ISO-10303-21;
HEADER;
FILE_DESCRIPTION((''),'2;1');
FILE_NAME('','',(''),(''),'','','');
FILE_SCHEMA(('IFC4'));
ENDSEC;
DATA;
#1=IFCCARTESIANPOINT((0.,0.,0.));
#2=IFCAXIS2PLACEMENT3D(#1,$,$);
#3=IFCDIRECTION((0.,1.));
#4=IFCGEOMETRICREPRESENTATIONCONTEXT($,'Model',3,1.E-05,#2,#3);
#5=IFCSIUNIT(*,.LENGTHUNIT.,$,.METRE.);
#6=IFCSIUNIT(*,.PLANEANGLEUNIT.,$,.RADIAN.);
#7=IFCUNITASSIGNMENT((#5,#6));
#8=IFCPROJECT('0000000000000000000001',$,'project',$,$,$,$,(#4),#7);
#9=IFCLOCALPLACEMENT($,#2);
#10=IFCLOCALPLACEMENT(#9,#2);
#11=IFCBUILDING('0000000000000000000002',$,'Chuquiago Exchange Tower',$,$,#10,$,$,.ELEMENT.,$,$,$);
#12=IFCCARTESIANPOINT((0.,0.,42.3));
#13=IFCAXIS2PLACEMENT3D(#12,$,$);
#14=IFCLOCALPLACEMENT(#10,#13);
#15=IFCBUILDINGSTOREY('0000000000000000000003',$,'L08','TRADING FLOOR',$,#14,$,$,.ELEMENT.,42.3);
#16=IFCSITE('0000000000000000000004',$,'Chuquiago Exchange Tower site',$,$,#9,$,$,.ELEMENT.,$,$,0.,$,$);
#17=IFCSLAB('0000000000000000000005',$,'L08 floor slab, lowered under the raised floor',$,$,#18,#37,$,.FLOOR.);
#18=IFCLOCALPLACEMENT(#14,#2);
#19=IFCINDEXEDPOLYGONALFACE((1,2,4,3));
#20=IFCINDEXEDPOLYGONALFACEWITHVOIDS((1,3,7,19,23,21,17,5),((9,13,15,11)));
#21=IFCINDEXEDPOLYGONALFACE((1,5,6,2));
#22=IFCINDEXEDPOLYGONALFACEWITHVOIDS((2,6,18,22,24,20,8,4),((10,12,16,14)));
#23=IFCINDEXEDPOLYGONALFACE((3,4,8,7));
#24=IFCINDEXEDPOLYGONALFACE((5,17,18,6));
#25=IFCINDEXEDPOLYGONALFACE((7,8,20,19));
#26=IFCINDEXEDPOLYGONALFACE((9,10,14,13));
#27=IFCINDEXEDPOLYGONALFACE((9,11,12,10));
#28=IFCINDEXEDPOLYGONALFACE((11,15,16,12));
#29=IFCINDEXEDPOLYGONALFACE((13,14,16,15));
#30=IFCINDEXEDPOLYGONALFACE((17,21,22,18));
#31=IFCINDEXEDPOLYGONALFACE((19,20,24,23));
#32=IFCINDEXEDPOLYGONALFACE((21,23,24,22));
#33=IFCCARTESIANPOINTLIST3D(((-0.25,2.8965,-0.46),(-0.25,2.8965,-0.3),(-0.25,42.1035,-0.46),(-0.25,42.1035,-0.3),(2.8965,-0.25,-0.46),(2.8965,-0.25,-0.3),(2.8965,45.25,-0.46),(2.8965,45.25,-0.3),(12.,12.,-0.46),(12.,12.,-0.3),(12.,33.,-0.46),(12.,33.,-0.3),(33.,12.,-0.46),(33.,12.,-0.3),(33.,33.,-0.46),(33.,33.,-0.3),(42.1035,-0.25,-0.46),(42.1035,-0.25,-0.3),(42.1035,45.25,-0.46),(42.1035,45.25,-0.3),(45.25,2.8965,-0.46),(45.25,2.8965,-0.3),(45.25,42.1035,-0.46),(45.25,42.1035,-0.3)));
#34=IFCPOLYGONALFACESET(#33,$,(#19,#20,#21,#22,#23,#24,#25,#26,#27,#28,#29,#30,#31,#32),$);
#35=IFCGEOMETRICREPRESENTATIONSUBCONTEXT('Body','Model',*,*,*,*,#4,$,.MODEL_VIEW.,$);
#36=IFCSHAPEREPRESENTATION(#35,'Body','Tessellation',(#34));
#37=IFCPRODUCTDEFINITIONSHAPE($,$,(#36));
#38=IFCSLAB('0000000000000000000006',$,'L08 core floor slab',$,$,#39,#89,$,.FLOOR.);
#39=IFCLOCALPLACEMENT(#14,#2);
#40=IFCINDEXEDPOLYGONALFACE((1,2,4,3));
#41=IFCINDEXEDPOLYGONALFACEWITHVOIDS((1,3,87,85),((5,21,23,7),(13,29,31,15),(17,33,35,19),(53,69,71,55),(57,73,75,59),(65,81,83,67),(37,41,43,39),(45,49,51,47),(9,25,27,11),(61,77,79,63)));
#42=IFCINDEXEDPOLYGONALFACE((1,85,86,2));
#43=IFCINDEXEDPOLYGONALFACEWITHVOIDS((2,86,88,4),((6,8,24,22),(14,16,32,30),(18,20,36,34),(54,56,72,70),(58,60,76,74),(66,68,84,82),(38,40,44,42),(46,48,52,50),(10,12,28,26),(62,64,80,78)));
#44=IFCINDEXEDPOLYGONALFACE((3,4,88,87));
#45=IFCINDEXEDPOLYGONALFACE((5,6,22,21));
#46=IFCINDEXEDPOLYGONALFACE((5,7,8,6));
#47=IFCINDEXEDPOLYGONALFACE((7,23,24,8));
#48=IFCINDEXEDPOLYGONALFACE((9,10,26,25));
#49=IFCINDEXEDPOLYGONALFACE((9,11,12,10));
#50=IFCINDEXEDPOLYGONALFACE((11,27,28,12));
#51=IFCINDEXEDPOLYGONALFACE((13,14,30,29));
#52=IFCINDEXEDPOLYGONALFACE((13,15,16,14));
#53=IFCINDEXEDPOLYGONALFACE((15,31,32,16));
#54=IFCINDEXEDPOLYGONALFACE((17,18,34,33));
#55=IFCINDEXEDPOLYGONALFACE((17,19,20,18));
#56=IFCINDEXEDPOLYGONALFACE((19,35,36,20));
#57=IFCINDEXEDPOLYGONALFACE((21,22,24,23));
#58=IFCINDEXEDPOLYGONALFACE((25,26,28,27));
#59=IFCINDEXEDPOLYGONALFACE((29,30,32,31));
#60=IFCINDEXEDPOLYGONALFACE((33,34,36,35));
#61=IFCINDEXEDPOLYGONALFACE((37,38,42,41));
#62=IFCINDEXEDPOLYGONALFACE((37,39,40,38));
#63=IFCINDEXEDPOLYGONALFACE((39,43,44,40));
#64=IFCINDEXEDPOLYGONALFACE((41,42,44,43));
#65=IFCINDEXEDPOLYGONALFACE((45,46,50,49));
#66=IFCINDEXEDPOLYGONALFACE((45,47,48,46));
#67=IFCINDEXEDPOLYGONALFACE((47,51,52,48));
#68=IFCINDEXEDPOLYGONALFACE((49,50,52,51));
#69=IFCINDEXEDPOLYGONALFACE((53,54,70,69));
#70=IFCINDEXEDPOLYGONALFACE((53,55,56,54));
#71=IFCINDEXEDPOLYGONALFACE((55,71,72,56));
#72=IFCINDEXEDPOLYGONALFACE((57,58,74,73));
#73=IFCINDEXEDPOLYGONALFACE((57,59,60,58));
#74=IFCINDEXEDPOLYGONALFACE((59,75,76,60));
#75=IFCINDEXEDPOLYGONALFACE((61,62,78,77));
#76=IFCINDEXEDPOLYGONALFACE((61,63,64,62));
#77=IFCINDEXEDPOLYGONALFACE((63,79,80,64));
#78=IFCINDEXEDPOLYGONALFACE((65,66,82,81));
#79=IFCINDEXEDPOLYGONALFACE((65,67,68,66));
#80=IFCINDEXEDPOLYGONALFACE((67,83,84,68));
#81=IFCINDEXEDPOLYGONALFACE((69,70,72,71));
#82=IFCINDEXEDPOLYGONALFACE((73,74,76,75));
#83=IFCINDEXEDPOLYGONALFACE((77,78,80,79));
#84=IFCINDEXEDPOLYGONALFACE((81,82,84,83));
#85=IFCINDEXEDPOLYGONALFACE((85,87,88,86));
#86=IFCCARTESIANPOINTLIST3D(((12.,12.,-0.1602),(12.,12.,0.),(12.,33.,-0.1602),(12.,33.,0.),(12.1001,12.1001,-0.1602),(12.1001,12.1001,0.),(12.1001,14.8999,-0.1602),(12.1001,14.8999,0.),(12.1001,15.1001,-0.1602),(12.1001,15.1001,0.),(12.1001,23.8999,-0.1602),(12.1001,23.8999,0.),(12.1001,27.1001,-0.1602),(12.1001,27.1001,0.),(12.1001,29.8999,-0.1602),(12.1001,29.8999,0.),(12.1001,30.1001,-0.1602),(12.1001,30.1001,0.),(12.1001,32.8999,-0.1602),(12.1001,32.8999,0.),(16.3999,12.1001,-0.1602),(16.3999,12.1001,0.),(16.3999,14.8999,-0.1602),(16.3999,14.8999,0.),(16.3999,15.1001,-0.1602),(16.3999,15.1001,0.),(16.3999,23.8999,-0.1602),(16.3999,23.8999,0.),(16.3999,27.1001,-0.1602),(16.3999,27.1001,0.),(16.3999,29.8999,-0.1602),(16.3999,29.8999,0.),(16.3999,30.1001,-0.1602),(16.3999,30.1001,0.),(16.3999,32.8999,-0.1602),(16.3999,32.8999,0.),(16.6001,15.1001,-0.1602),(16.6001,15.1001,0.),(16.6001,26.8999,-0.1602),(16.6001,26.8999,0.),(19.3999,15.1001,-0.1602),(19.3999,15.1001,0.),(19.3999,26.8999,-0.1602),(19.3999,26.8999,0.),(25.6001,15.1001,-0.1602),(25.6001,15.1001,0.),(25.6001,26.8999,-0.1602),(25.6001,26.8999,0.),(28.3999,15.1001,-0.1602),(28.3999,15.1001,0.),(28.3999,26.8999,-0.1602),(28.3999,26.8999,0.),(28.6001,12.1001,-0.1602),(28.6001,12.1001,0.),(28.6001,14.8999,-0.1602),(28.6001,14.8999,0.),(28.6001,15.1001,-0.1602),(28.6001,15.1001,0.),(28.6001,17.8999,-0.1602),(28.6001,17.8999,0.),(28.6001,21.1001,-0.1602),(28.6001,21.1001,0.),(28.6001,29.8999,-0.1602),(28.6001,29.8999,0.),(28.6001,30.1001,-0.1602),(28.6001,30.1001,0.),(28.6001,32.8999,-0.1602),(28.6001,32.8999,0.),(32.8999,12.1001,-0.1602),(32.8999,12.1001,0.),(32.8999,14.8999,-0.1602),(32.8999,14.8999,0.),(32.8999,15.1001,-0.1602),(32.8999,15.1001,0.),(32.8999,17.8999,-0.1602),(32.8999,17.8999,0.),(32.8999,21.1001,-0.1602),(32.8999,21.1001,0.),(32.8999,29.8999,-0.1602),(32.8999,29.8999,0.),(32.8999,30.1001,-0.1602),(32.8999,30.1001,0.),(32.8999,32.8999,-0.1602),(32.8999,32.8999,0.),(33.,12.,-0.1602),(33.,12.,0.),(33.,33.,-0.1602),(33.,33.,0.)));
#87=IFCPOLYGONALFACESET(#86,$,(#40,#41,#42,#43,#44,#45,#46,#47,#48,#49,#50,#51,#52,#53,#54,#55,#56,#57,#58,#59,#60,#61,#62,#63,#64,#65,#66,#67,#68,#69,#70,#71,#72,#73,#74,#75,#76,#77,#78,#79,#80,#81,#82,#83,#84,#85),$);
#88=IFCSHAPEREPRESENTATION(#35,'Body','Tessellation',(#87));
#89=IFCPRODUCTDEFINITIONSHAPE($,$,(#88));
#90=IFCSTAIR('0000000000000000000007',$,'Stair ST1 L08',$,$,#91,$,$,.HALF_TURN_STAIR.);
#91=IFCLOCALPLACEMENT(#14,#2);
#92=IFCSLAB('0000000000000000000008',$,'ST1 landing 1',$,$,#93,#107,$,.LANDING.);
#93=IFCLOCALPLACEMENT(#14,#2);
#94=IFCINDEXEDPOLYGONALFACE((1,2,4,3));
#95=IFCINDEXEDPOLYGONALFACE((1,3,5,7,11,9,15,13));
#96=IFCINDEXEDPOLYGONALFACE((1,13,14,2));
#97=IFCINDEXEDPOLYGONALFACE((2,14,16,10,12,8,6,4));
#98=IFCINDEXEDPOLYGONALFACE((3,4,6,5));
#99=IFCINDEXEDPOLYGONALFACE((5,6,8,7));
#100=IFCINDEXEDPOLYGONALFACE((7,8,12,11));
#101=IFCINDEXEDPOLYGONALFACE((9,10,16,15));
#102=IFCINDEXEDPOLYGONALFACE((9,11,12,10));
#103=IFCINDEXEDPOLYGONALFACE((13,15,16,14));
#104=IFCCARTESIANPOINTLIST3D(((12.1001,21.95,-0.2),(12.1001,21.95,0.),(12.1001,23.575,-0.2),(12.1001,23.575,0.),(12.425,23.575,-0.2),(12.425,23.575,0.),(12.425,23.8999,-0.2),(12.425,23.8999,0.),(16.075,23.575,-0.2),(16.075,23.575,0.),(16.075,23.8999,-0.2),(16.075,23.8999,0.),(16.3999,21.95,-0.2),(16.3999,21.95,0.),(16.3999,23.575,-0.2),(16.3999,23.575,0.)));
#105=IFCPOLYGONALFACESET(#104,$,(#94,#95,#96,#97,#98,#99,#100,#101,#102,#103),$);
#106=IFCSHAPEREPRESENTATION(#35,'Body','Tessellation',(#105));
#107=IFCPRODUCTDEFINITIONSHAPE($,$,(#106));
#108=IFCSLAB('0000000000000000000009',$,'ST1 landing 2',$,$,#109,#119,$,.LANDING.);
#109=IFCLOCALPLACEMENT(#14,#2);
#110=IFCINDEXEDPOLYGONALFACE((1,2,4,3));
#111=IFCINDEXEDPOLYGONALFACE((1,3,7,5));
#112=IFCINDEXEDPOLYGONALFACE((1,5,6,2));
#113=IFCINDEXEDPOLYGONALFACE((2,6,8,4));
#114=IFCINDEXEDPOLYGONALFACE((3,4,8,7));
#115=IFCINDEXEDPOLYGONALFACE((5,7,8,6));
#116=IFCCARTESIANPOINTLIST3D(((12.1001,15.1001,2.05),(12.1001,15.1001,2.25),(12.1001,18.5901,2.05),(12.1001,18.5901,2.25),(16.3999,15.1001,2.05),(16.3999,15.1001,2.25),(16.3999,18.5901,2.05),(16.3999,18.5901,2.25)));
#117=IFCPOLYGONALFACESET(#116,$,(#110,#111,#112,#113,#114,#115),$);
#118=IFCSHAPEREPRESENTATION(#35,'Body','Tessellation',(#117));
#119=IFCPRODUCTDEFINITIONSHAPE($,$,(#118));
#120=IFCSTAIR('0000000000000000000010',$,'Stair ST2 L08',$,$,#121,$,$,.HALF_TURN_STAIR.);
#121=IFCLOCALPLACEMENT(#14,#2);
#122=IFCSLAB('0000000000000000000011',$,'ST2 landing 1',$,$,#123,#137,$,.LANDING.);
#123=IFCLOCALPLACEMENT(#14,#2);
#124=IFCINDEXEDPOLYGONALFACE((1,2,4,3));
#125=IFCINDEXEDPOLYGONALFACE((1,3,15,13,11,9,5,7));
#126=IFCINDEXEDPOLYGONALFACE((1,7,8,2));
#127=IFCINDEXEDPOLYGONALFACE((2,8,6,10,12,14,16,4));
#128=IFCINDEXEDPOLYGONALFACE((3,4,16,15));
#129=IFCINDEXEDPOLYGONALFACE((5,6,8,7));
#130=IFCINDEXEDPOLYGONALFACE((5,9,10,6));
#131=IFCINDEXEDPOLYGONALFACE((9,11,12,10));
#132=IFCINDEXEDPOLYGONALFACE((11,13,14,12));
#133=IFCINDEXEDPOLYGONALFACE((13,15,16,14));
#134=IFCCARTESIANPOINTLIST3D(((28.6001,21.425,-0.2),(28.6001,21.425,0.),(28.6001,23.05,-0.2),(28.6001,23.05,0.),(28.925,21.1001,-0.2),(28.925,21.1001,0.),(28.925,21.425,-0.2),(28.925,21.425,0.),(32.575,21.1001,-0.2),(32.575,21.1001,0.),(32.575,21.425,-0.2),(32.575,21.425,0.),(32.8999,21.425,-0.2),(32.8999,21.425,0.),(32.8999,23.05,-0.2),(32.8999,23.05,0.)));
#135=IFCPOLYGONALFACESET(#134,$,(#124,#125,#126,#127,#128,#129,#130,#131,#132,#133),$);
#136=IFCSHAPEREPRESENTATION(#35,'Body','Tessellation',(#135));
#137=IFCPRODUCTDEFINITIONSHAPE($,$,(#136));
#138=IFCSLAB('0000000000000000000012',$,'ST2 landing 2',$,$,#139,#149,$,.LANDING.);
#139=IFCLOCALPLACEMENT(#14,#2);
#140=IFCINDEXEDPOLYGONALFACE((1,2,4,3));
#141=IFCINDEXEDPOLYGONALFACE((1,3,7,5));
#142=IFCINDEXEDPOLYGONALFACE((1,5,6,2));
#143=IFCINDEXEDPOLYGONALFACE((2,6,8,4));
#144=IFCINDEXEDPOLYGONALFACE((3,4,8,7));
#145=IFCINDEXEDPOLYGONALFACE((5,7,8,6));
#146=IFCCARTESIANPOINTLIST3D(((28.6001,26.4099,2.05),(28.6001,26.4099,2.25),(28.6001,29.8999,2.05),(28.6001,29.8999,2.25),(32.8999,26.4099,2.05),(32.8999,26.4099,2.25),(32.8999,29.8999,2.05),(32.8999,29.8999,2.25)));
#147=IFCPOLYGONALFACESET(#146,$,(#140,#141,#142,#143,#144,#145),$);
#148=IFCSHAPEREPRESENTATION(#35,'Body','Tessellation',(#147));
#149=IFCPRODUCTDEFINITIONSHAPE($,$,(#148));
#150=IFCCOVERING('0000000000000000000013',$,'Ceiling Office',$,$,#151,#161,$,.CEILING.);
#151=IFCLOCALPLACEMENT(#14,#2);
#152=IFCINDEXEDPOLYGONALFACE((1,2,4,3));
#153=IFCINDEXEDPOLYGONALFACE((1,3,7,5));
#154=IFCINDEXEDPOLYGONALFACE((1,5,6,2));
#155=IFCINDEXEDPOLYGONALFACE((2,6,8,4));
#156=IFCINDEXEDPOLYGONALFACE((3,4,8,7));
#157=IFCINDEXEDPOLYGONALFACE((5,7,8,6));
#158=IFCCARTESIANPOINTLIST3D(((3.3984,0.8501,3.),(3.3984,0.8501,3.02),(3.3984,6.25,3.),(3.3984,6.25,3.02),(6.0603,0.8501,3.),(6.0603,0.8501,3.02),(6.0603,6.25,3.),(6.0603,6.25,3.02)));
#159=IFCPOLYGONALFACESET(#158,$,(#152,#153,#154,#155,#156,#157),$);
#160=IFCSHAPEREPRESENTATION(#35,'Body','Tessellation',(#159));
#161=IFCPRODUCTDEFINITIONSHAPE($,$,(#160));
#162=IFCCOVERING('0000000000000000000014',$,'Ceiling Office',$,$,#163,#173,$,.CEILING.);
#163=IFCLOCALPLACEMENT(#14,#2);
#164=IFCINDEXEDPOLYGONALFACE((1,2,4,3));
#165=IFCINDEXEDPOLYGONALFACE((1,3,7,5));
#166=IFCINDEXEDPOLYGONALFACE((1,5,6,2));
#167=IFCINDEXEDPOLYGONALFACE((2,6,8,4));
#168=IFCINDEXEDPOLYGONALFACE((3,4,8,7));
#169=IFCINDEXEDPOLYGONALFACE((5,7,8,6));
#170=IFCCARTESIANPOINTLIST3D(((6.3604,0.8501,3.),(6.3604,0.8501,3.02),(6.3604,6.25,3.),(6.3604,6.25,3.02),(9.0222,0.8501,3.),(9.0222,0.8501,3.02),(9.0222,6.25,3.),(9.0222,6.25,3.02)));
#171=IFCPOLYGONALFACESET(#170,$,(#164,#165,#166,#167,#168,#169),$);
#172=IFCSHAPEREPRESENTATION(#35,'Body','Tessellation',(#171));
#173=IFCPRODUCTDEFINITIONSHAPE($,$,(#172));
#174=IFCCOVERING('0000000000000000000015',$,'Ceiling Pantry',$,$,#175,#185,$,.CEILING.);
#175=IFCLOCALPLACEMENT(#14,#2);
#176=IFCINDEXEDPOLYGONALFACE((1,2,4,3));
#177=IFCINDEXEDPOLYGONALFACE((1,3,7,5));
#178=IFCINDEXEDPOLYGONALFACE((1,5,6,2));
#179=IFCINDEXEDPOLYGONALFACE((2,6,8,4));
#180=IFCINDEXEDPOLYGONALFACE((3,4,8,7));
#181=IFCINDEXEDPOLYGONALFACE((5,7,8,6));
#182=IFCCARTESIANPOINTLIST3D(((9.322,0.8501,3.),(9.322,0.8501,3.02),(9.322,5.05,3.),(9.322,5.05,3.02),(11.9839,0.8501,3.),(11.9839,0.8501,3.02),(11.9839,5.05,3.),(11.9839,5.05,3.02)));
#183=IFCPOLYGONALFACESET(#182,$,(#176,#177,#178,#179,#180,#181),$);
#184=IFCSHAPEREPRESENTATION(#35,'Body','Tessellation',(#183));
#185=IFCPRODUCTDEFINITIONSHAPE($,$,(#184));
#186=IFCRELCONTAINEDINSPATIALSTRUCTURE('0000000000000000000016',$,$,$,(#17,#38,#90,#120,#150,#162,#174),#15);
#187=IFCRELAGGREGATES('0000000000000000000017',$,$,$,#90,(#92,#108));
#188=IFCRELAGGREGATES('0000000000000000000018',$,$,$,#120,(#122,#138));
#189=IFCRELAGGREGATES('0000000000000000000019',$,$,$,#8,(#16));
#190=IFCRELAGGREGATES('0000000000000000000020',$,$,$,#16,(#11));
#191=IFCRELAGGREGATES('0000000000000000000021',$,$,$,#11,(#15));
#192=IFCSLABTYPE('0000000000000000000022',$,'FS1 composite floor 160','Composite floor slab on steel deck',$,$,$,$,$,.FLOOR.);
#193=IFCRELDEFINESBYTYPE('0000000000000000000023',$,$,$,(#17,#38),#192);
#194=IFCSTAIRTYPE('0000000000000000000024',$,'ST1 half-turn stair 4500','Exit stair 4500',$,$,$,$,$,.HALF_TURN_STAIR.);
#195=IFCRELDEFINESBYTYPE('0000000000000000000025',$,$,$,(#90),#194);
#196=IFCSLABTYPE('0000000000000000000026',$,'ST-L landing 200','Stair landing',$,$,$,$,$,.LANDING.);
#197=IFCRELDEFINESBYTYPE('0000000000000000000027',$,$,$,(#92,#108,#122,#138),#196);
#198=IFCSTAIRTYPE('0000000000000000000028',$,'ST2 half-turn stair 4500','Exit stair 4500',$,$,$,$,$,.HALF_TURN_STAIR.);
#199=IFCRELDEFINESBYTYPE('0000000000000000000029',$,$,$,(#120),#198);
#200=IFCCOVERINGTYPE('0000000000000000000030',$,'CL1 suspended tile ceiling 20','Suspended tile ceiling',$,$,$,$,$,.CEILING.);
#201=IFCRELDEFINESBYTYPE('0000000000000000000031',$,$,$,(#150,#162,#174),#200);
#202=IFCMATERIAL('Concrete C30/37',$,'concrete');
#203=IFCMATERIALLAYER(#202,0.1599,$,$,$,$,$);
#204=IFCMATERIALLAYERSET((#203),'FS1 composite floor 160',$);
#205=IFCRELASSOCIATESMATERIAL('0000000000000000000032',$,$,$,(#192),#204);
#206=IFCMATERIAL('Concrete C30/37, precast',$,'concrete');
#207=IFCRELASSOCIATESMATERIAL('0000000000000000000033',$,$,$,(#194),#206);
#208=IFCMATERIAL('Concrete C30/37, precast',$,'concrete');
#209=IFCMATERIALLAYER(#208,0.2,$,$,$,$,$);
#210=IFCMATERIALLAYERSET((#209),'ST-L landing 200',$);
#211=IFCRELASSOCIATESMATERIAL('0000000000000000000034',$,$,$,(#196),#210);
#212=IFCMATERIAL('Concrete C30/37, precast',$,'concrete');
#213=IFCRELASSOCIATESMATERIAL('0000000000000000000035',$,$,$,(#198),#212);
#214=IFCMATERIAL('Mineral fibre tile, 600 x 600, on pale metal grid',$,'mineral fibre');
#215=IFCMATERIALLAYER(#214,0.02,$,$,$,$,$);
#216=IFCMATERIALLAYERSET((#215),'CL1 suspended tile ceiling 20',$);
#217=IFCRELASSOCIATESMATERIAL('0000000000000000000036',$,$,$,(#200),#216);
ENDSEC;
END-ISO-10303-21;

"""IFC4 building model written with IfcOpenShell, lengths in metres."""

from ifc_helpers import new_model, si_unit, direction, frame, origin, place, context, subcontext, project, spatial, polyline, outline, extrude, material, layer, layer_set, type_object, element, aggregate, save


model = new_model("IFC4")

# Units and contexts
model_context = context("Model", 3, precision=1e-05, world=origin(), true_north=direction((0.0, 1.0)))
body_context = subcontext(model_context, "Body", "Model", "MODEL_VIEW")
ifc_project = project(units=[si_unit("LENGTHUNIT", "METRE"), si_unit("PLANEANGLEUNIT", "RADIAN")], contexts=[model_context])

# Site, building, storey
site_placement = place(None, origin())
site = spatial("IfcSite", under=ifc_project, at=site_placement, Name="Chuquiago Exchange Tower site", CompositionType="ELEMENT", RefElevation=0.0)
building_placement = place(site_placement, origin())
building = spatial("IfcBuilding", under=site, at=building_placement, Name="Chuquiago Exchange Tower", CompositionType="ELEMENT")
storey_placement = place(building_placement, frame((0.0, 0.0, 42.3)))
storey = spatial("IfcBuildingStorey", under=building, at=storey_placement, Name="L08", Description="TRADING FLOOR", CompositionType="ELEMENT", Elevation=42.3)

# Slabs
ifc_material_1 = material(Name="Concrete C30/37", Category="concrete")
ifc_layer_1 = layer(ifc_material_1, 0.1599)
ifc_layer_set_1 = layer_set([ifc_layer_1], Name="FS1 composite floor 160")
slab_type_1 = type_object("IfcSlabType", Name="FS1 composite floor 160", Description="Composite floor slab on steel deck", PredefinedType="FLOOR", material=ifc_layer_set_1)
slab_1_placement = place(storey_placement, frame((0.0, 0.0, -0.46)))
element("IfcSlab", 1, at=slab_1_placement, inside=storey, type_object=slab_type_1, Name="L08 floor slab, lowered under the raised floor", PredefinedType="FLOOR", context=body_context, shape_type="SweptSolid", body=[
    extrude(outline(polyline([(-0.25, 2.8965), (-0.25, 42.1035), (2.8965, 45.25), (42.1035, 45.25), (45.25, 42.1035), (45.25, 2.8965), (42.1035, -0.25), (2.8965, -0.25), (-0.25, 2.8965)]), holes=[polyline([(33.0, 33.0), (12.0, 33.0), (12.0, 12.0), (33.0, 12.0), (33.0, 33.0)])]), origin(), (0.0, 0.0, 1.0), 0.1599),
])
slab_2_placement = place(storey_placement, frame((0.0, 0.0, -0.1602)))
element("IfcSlab", 2, at=slab_2_placement, inside=storey, type_object=slab_type_1, Name="L08 core floor slab", PredefinedType="FLOOR", context=body_context, shape_type="SweptSolid", body=[
    extrude(outline(polyline([(33.0, 12.0), (33.0, 33.0), (12.0, 33.0), (12.0, 12.0), (33.0, 12.0)]), holes=[polyline([(16.3999, 15.1001), (12.1001, 15.1001), (12.1001, 23.8999), (16.3999, 23.8999), (16.3999, 15.1001)]), polyline([(32.8999, 21.1001), (28.6001, 21.1001), (28.6001, 29.8999), (32.8999, 29.8999), (32.8999, 21.1001)]), polyline([(16.3999, 12.1001), (12.1001, 12.1001), (12.1001, 14.8999), (16.3999, 14.8999), (16.3999, 12.1001)]), polyline([(16.3999, 30.1001), (12.1001, 30.1001), (12.1001, 32.8999), (16.3999, 32.8999), (16.3999, 30.1001)]), polyline([(32.8999, 12.1001), (28.6001, 12.1001), (28.6001, 14.8999), (32.8999, 14.8999), (32.8999, 12.1001)]), polyline([(32.8999, 30.1001), (28.6001, 30.1001), (28.6001, 32.8999), (32.8999, 32.8999), (32.8999, 30.1001)]), polyline([(16.3999, 27.1001), (12.1001, 27.1001), (12.1001, 29.8999), (16.3999, 29.8999), (16.3999, 27.1001)]), polyline([(32.8999, 15.1001), (28.6001, 15.1001), (28.6001, 17.8999), (32.8999, 17.8999), (32.8999, 15.1001)]), polyline([(19.3999, 15.1001), (16.6001, 15.1001), (16.6001, 26.8999), (19.3999, 26.8999), (19.3999, 15.1001)]), polyline([(28.3999, 15.1001), (25.6001, 15.1001), (25.6001, 26.8999), (28.3999, 26.8999), (28.3999, 15.1001)])]), origin(), (0.0, 0.0, 1.0), 0.1602),
])

# Stairs, slabs
ifc_material_2 = material(Name="Concrete C30/37, precast", Category="concrete")
stair_type_1 = type_object("IfcStairType", Name="ST1 half-turn stair 4500", Description="Exit stair 4500", PredefinedType="HALF_TURN_STAIR", material=ifc_material_2)
stair_1_placement = place(storey_placement, origin())
stair_1 = element("IfcStair", 3, at=stair_1_placement, inside=storey, type_object=stair_type_1, Name="Stair ST1 L08", PredefinedType="HALF_TURN_STAIR")
ifc_material_3 = material(Name="Concrete C30/37, precast", Category="concrete")
ifc_layer_2 = layer(ifc_material_3, 0.2)
ifc_layer_set_2 = layer_set([ifc_layer_2], Name="ST-L landing 200")
slab_type_2 = type_object("IfcSlabType", Name="ST-L landing 200", Description="Stair landing", PredefinedType="LANDING", material=ifc_layer_set_2)
slab_3_placement = place(storey_placement, frame((0.0, 0.0, -0.2)))
slab_3 = element("IfcSlab", 4, at=slab_3_placement, type_object=slab_type_2, Name="ST1 landing 1", PredefinedType="LANDING", context=body_context, shape_type="SweptSolid", body=[
    extrude(outline(polyline([(12.425, 23.8999), (16.075, 23.8999), (16.075, 23.575), (16.3999, 23.575), (16.3999, 21.95), (12.1001, 21.95), (12.1001, 23.575), (12.425, 23.575), (12.425, 23.8999)])), origin(), (0.0, 0.0, 1.0), 0.2),
])
slab_4_placement = place(storey_placement, frame((0.0, 0.0, 2.05)))
slab_4 = element("IfcSlab", 5, at=slab_4_placement, type_object=slab_type_2, Name="ST1 landing 2", PredefinedType="LANDING", context=body_context, shape_type="SweptSolid", body=[
    extrude(outline(polyline([(12.1001, 18.5901), (16.3999, 18.5901), (16.3999, 15.1001), (12.1001, 15.1001), (12.1001, 18.5901)])), origin(), (0.0, 0.0, 1.0), 0.2),
])
aggregate(stair_1, [slab_3, slab_4])
ifc_material_4 = material(Name="Concrete C30/37, precast", Category="concrete")
stair_type_2 = type_object("IfcStairType", Name="ST2 half-turn stair 4500", Description="Exit stair 4500", PredefinedType="HALF_TURN_STAIR", material=ifc_material_4)
stair_2_placement = place(storey_placement, origin())
stair_2 = element("IfcStair", 6, at=stair_2_placement, inside=storey, type_object=stair_type_2, Name="Stair ST2 L08", PredefinedType="HALF_TURN_STAIR")
slab_5_placement = place(storey_placement, frame((0.0, 0.0, -0.2)))
slab_5 = element("IfcSlab", 7, at=slab_5_placement, type_object=slab_type_2, Name="ST2 landing 1", PredefinedType="LANDING", context=body_context, shape_type="SweptSolid", body=[
    extrude(outline(polyline([(32.575, 21.425), (32.575, 21.1001), (28.925, 21.1001), (28.925, 21.425), (28.6001, 21.425), (28.6001, 23.05), (32.8999, 23.05), (32.8999, 21.425), (32.575, 21.425)])), origin(), (0.0, 0.0, 1.0), 0.2),
])
slab_6_placement = place(storey_placement, frame((0.0, 0.0, 2.05)))
slab_6 = element("IfcSlab", 8, at=slab_6_placement, type_object=slab_type_2, Name="ST2 landing 2", PredefinedType="LANDING", context=body_context, shape_type="SweptSolid", body=[
    extrude(outline(polyline([(28.6001, 29.8999), (32.8999, 29.8999), (32.8999, 26.4099), (28.6001, 26.4099), (28.6001, 29.8999)])), origin(), (0.0, 0.0, 1.0), 0.2),
])
aggregate(stair_2, [slab_5, slab_6])

# Coverings
ifc_material_5 = material(Name="Mineral fibre tile, 600 x 600, on pale metal grid", Category="mineral fibre")
ifc_layer_3 = layer(ifc_material_5, 0.02)
ifc_layer_set_3 = layer_set([ifc_layer_3], Name="CL1 suspended tile ceiling 20")
covering_type_1 = type_object("IfcCoveringType", Name="CL1 suspended tile ceiling 20", Description="Suspended tile ceiling", PredefinedType="CEILING", material=ifc_layer_set_3)
covering_1_placement = place(storey_placement, frame((0.0, 0.0, 3.0)))
element("IfcCovering", 9, at=covering_1_placement, inside=storey, type_object=covering_type_1, Name="Ceiling Office", PredefinedType="CEILING", context=body_context, shape_type="SweptSolid", body=[
    extrude(outline(polyline([(3.3984, 6.25), (6.0603, 6.25), (6.0603, 0.8501), (3.3984, 0.8501), (3.3984, 6.25)])), origin(), (0.0, 0.0, 1.0), 0.02),
])
covering_2_placement = place(storey_placement, frame((0.0, 0.0, 3.0)))
element("IfcCovering", 10, at=covering_2_placement, inside=storey, type_object=covering_type_1, Name="Ceiling Office", PredefinedType="CEILING", context=body_context, shape_type="SweptSolid", body=[
    extrude(outline(polyline([(6.3604, 6.25), (9.0222, 6.25), (9.0222, 0.8501), (6.3604, 0.8501), (6.3604, 6.25)])), origin(), (0.0, 0.0, 1.0), 0.02),
])
covering_3_placement = place(storey_placement, frame((0.0, 0.0, 3.0)))
element("IfcCovering", 11, at=covering_3_placement, inside=storey, type_object=covering_type_1, Name="Ceiling Pantry", PredefinedType="CEILING", context=body_context, shape_type="SweptSolid", body=[
    extrude(outline(polyline([(9.322, 5.05), (11.9839, 5.05), (11.9839, 0.8501), (9.322, 0.8501), (9.322, 5.05)])), origin(), (0.0, 0.0, 1.0), 0.02),
])

save(model, "model.ifc")
